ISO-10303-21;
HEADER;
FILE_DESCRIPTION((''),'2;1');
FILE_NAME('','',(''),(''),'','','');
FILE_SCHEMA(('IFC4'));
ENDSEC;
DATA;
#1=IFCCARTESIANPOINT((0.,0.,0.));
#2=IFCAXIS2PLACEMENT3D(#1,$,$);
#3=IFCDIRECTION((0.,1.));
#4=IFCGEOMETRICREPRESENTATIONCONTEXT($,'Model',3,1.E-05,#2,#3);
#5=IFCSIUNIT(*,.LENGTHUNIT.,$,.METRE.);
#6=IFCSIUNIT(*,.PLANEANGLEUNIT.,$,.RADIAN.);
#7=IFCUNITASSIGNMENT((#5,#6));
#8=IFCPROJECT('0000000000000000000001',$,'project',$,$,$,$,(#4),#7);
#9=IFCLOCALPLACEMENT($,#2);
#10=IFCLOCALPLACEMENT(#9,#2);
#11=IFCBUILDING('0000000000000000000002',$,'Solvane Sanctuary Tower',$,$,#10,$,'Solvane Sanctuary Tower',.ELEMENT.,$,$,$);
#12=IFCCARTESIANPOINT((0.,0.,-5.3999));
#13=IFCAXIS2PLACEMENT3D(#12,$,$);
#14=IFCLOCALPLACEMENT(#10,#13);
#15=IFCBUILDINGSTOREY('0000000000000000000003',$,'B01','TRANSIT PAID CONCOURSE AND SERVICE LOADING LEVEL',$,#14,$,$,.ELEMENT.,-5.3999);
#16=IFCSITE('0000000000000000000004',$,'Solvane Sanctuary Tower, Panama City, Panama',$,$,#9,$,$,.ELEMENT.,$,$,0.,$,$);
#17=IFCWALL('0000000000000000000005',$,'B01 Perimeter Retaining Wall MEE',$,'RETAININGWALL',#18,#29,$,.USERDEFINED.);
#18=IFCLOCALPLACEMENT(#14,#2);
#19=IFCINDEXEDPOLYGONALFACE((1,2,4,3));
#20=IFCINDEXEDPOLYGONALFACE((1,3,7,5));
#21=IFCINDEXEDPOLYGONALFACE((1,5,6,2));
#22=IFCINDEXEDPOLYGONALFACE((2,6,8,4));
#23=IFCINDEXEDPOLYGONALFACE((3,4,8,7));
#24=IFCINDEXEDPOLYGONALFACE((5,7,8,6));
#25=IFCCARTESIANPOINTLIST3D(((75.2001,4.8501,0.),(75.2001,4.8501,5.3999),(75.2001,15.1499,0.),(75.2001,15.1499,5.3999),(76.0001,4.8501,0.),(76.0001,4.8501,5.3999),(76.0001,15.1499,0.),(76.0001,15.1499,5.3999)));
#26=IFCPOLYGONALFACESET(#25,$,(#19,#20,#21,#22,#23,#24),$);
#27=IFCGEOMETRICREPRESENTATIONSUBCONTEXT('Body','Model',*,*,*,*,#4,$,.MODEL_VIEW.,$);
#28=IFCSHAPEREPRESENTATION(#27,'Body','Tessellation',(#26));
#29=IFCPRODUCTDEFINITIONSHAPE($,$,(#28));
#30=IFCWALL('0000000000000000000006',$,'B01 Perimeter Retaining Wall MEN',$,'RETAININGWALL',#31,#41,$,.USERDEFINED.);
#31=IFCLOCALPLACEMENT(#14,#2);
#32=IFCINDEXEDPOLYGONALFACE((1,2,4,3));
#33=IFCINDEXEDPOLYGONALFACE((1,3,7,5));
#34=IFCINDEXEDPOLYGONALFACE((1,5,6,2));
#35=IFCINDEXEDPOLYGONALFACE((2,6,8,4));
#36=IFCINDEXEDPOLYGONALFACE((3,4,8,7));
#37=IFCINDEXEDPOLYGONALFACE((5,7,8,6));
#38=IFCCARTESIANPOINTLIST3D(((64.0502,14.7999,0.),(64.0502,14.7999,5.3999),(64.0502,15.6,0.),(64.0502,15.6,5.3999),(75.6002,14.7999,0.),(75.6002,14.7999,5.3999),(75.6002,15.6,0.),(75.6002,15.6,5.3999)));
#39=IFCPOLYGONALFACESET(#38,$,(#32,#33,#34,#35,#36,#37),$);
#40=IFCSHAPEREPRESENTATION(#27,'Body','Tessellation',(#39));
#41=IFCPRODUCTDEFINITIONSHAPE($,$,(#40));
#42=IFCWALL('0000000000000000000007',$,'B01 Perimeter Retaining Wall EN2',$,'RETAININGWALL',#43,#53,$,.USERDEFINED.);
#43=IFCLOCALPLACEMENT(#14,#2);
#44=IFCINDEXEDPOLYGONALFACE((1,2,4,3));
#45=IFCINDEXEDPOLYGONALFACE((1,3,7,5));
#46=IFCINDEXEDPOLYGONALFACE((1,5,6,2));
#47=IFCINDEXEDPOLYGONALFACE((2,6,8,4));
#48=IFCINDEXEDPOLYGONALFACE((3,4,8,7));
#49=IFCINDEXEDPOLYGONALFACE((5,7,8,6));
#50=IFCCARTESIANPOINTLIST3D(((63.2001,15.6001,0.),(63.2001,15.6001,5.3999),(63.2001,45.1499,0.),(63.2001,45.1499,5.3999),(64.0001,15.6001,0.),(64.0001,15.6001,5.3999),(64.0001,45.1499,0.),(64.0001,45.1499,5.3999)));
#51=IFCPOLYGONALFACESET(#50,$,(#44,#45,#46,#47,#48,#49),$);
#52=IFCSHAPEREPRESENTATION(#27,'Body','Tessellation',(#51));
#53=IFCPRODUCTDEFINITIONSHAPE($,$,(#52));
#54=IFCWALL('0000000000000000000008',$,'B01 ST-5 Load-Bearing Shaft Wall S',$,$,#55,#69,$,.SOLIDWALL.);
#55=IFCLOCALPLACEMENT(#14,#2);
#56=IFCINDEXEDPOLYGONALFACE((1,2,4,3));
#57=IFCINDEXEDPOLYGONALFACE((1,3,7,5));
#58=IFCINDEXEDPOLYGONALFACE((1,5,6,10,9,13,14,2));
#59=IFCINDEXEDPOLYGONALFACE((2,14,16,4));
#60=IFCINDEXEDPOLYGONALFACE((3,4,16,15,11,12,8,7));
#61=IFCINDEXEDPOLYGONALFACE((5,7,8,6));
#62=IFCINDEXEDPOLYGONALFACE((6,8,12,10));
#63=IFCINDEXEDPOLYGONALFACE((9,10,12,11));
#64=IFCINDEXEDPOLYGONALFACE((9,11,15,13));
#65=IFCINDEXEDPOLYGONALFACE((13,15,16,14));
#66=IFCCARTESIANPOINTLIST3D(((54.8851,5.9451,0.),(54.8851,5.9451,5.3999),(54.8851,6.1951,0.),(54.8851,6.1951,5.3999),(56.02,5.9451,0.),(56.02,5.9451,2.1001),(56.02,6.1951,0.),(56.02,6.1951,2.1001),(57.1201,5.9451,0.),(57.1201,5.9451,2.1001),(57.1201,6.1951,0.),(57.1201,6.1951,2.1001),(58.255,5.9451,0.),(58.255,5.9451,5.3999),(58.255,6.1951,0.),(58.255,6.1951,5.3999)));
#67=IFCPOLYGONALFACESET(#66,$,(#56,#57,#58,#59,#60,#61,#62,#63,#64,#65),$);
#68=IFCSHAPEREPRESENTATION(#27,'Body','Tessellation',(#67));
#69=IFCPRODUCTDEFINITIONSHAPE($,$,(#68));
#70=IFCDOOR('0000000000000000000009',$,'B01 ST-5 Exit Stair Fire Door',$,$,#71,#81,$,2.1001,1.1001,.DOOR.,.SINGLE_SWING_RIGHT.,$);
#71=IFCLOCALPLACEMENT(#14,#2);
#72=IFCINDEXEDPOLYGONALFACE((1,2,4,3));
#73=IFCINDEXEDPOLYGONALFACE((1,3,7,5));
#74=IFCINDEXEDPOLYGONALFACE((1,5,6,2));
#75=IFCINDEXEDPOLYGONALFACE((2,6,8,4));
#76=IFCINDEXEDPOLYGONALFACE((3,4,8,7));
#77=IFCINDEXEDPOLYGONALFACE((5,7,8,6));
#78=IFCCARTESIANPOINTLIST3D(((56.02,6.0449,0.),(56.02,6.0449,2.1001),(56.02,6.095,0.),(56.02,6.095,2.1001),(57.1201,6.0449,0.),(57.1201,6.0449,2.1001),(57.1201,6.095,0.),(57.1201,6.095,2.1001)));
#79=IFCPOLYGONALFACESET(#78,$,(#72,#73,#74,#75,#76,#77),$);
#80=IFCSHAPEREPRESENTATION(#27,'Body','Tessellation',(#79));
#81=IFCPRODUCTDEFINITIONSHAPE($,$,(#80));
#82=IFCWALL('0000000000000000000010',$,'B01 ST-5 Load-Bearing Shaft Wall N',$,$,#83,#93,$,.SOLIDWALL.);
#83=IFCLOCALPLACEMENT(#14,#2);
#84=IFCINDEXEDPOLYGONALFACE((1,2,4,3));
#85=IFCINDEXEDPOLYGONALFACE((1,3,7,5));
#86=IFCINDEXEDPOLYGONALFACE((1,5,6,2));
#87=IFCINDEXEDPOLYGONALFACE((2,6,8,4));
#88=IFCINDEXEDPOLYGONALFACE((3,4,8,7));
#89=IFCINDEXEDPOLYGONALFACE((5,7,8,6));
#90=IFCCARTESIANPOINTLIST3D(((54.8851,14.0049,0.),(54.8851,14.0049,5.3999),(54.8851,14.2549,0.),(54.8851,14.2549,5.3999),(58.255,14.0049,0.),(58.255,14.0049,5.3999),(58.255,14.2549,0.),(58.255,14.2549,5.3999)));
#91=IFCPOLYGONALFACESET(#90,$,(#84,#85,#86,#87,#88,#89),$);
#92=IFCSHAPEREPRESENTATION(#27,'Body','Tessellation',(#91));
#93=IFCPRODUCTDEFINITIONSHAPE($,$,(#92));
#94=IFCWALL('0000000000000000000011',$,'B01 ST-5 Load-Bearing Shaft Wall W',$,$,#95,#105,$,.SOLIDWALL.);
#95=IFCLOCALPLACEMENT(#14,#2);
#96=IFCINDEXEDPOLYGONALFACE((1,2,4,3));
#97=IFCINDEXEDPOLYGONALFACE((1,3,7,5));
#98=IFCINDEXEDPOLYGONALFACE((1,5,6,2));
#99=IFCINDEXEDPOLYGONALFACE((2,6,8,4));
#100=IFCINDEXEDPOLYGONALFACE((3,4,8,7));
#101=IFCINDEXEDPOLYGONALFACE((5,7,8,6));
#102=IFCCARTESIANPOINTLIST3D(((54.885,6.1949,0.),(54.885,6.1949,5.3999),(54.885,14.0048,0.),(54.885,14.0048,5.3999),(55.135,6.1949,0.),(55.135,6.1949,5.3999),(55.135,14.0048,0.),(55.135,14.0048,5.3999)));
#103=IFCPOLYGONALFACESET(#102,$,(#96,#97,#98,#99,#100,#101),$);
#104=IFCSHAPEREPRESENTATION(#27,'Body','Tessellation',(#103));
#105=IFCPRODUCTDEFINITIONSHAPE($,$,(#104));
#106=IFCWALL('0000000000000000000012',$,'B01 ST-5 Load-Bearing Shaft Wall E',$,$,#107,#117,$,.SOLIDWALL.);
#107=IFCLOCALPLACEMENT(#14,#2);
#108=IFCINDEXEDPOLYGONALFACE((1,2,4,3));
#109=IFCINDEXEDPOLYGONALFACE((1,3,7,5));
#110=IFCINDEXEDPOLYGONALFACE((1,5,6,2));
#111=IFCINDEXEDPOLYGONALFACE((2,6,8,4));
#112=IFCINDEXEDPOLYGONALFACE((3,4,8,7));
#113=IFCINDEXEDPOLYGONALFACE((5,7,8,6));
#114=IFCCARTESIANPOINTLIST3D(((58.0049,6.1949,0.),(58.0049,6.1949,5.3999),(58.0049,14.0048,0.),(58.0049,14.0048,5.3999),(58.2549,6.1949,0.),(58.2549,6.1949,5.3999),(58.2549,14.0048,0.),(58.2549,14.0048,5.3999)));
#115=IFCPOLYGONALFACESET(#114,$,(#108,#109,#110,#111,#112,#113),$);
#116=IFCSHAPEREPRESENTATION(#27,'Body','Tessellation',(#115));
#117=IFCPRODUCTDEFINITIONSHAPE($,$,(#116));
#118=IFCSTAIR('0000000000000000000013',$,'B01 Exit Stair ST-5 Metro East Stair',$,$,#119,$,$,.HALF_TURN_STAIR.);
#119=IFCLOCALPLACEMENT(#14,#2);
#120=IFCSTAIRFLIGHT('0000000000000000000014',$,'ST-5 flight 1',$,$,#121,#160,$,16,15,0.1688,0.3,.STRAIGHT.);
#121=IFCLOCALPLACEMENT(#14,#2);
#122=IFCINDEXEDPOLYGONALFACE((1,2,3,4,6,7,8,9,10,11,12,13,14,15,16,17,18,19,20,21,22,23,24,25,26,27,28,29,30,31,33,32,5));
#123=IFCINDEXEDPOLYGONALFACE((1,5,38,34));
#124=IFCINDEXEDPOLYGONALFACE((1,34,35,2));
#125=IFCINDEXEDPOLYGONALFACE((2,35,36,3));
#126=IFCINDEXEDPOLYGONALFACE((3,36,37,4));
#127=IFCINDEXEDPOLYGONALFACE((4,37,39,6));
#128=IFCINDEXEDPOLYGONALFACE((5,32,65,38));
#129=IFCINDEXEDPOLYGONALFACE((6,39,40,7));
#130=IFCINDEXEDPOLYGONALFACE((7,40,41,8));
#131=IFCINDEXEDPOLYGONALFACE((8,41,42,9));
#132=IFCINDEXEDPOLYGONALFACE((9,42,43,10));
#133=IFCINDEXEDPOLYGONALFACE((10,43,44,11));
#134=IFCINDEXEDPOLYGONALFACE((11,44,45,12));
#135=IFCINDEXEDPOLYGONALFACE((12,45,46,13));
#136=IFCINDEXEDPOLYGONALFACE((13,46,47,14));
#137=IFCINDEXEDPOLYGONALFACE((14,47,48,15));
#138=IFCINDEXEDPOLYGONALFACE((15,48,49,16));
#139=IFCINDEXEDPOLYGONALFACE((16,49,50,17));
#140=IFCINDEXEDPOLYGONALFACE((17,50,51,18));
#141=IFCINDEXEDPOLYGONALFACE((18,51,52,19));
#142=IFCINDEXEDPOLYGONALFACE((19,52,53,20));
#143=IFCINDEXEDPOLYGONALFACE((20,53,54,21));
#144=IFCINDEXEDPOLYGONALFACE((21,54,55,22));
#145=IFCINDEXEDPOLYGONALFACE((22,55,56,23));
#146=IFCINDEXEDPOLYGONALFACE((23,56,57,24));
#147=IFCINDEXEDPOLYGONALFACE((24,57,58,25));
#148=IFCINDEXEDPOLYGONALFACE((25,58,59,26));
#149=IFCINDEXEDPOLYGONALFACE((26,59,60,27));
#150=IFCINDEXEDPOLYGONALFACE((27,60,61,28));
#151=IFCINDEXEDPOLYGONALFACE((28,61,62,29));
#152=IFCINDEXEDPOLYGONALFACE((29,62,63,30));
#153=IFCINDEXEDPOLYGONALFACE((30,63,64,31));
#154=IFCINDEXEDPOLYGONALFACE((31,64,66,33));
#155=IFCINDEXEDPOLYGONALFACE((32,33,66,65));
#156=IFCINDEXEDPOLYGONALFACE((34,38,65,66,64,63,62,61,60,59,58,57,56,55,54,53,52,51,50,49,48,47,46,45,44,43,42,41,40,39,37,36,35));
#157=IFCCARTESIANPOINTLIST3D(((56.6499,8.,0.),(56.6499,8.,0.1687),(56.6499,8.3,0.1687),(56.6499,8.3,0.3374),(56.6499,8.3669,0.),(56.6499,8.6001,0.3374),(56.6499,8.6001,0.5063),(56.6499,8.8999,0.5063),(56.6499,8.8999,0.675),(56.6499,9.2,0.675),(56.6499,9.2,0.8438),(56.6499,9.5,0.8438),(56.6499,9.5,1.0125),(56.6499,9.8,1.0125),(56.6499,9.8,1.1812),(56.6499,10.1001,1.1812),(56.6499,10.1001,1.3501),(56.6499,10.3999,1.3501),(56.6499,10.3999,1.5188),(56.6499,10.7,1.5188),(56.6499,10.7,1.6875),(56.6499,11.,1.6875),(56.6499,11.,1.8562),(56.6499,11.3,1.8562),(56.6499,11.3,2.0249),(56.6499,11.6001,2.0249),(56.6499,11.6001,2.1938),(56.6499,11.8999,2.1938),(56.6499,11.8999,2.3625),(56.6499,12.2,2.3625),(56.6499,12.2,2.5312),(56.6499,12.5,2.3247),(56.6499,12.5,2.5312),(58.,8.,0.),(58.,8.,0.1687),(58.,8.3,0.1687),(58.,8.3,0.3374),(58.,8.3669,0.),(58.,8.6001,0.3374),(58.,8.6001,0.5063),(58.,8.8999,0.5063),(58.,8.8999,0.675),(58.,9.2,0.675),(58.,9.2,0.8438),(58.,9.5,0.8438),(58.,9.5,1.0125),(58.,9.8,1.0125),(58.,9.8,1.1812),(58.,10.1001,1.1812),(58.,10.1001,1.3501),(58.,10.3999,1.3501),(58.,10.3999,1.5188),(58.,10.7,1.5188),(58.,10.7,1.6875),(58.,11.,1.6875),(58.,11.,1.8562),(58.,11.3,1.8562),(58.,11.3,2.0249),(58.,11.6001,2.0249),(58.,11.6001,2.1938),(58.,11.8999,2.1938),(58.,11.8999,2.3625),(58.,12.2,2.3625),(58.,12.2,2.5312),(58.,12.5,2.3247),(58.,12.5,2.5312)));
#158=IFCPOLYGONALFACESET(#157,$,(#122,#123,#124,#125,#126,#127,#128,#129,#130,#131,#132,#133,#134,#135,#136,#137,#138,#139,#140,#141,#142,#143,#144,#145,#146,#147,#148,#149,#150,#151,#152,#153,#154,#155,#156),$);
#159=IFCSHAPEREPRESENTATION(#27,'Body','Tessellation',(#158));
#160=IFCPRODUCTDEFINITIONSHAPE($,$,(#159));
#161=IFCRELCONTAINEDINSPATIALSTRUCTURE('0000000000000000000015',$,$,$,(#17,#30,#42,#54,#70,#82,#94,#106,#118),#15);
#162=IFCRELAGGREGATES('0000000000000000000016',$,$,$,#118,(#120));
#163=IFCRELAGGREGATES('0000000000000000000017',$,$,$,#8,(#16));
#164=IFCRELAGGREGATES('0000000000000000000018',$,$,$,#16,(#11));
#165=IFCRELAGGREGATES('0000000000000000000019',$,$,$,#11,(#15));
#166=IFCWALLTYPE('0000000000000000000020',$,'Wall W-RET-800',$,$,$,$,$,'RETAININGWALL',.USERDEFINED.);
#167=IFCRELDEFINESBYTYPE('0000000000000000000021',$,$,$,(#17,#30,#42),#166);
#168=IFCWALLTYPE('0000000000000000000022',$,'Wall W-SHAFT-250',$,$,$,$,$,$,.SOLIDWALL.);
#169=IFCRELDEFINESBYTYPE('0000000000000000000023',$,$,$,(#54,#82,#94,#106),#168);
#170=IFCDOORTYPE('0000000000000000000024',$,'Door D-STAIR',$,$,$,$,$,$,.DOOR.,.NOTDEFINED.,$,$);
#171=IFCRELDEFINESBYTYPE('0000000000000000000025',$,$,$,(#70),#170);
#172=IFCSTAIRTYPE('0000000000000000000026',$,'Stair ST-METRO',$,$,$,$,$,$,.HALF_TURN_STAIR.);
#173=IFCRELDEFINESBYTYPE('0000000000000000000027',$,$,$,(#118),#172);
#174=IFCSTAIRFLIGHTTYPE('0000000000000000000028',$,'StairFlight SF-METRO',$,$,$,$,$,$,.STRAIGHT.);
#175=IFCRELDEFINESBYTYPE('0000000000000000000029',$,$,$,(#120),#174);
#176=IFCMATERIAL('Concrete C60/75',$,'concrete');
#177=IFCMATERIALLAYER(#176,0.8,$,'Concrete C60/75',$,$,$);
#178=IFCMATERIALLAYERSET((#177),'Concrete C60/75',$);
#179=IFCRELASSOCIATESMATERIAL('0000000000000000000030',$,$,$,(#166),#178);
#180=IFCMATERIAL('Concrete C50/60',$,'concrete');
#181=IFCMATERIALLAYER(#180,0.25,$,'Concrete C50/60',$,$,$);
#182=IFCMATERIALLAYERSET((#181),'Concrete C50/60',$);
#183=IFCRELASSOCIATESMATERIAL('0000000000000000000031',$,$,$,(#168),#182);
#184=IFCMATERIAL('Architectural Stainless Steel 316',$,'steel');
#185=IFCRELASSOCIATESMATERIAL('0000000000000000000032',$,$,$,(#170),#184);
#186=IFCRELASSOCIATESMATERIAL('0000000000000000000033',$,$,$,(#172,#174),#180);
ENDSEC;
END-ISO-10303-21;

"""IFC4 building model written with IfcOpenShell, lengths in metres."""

from ifc_helpers import new_model, si_unit, direction, frame, frame_2d, origin, place, context, subcontext, project, spatial, polyline, rectangle, outline, extrude, material, layer, layer_set, type_object, element, fill, aggregate, save


model = new_model("IFC4")

# Units and contexts
model_context = context("Model", 3, precision=1e-05, world=origin(), true_north=direction((0.0, 1.0)))
body_context = subcontext(model_context, "Body", "Model", "MODEL_VIEW")
ifc_project = project(units=[si_unit("LENGTHUNIT", "METRE"), si_unit("PLANEANGLEUNIT", "RADIAN")], contexts=[model_context])

# Site, building, storey
site_placement = place(None, origin())
site = spatial("IfcSite", under=ifc_project, at=site_placement, Name="Solvane Sanctuary Tower, Panama City, Panama", CompositionType="ELEMENT", RefElevation=0.0)
building_placement = place(site_placement, origin())
building = spatial("IfcBuilding", under=site, at=building_placement, Name="Solvane Sanctuary Tower", LongName="Solvane Sanctuary Tower", CompositionType="ELEMENT")
storey_placement = place(building_placement, frame((0.0, 0.0, -5.3999)))
storey = spatial("IfcBuildingStorey", under=building, at=storey_placement, Name="B01", Description="TRANSIT PAID CONCOURSE AND SERVICE LOADING LEVEL", CompositionType="ELEMENT", Elevation=-5.3999)

# Shared definitions
ifc_material_1 = material(Name="Concrete C50/60", Category="concrete")

# Walls
ifc_material_2 = material(Name="Concrete C60/75", Category="concrete")
ifc_layer_1 = layer(ifc_material_2, 0.8, Name="Concrete C60/75")
ifc_layer_set_1 = layer_set([ifc_layer_1], Name="Concrete C60/75")
wall_type_1 = type_object("IfcWallType", Name="Wall W-RET-800", ElementType="RETAININGWALL", PredefinedType="USERDEFINED", material=ifc_layer_set_1)
wall_1_placement = place(storey_placement, frame((75.6001, 4.8501, 0.0), z_axis=(0.0, 0.0, 1.0), x_axis=(0.0, 1.0, 0.0)))
element("IfcWall", 1, at=wall_1_placement, inside=storey, type_object=wall_type_1, Name="B01 Perimeter Retaining Wall MEE", ObjectType="RETAININGWALL", PredefinedType="USERDEFINED", context=body_context, shape_type="SweptSolid", body=[
    extrude(rectangle(XDim=10.2998, YDim=0.8, at=frame_2d((5.1499, 0.0))), origin(), (0.0, 0.0, 1.0), 5.3999),
])
wall_2_placement = place(storey_placement, frame((75.6001, 15.2, 0.0), z_axis=(0.0, 0.0, 1.0), x_axis=(-1.0, 0.0, 0.0)))
element("IfcWall", 2, at=wall_2_placement, inside=storey, type_object=wall_type_1, Name="B01 Perimeter Retaining Wall MEN", ObjectType="RETAININGWALL", PredefinedType="USERDEFINED", context=body_context, shape_type="SweptSolid", body=[
    extrude(rectangle(XDim=11.55, YDim=0.8, at=frame_2d((5.7749, 0.0))), origin(), (0.0, 0.0, 1.0), 5.3999),
])
wall_3_placement = place(storey_placement, frame((63.6001, 15.6001, 0.0), z_axis=(0.0, 0.0, 1.0), x_axis=(0.0, 1.0, 0.0)))
element("IfcWall", 3, at=wall_3_placement, inside=storey, type_object=wall_type_1, Name="B01 Perimeter Retaining Wall EN2", ObjectType="RETAININGWALL", PredefinedType="USERDEFINED", context=body_context, shape_type="SweptSolid", body=[
    extrude(rectangle(XDim=29.5498, YDim=0.8, at=frame_2d((14.7749, 0.0))), origin(), (0.0, 0.0, 1.0), 5.3999),
])

# Wall, opening, door
ifc_layer_2 = layer(ifc_material_1, 0.25, Name="Concrete C50/60")
ifc_layer_set_2 = layer_set([ifc_layer_2], Name="Concrete C50/60")
wall_type_2 = type_object("IfcWallType", Name="Wall W-SHAFT-250", PredefinedType="SOLIDWALL", material=ifc_layer_set_2)
wall_4_placement = place(storey_placement, frame((54.885, 6.0701, 0.0), z_axis=(0.0, 0.0, 1.0), x_axis=(1.0, 0.0, 0.0)))
wall_4 = element("IfcWall", 4, at=wall_4_placement, inside=storey, type_object=wall_type_2, Name="B01 ST-5 Load-Bearing Shaft Wall S", PredefinedType="SOLIDWALL", context=body_context, shape_type="SweptSolid", body=[
    extrude(rectangle(XDim=3.3699, YDim=0.25, at=frame_2d((1.6851, 0.0))), origin(), (0.0, 0.0, 1.0), 5.3999),
])
opening_placement = place(wall_4_placement, frame((1.135, 0.0, 0.0)))
opening = element("IfcOpeningElement", 5, at=opening_placement, cuts=wall_4, PredefinedType="OPENING", context=body_context, shape_type="SweptSolid", body=[
    extrude(rectangle(XDim=1.1001, YDim=2.1001, at=frame_2d((0.55, 1.05))), frame((0.0, 0.135, 0.0), z_axis=(0.0, -1.0, 0.0), x_axis=(1.0, 0.0, 0.0)), (0.0, 0.0, 1.0), 0.27),
])
ifc_material_3 = material(Name="Architectural Stainless Steel 316", Category="steel")
door_type = type_object("IfcDoorType", Name="Door D-STAIR", OperationType="NOTDEFINED", PredefinedType="DOOR", material=ifc_material_3)
door_placement = place(opening_placement, origin())
door = element("IfcDoor", 6, at=door_placement, inside=storey, type_object=door_type, Name="B01 ST-5 Exit Stair Fire Door", OperationType="SINGLE_SWING_RIGHT", OverallHeight=2.1001, OverallWidth=1.1001, PredefinedType="DOOR", context=body_context, shape_type="SweptSolid", body=[
    extrude(rectangle(XDim=1.1001, YDim=2.1001, at=frame_2d((0.55, 1.05))), frame((0.0, 0.0249, 0.0), z_axis=(0.0, -1.0, 0.0), x_axis=(1.0, 0.0, 0.0)), (0.0, 0.0, 1.0), 0.05),
])
fill(opening, door)

# Walls
wall_5_placement = place(storey_placement, frame((54.885, 14.1299, 0.0), z_axis=(0.0, 0.0, 1.0), x_axis=(1.0, 0.0, 0.0)))
element("IfcWall", 7, at=wall_5_placement, inside=storey, type_object=wall_type_2, Name="B01 ST-5 Load-Bearing Shaft Wall N", PredefinedType="SOLIDWALL", context=body_context, shape_type="SweptSolid", body=[
    extrude(rectangle(XDim=3.3699, YDim=0.25, at=frame_2d((1.6851, 0.0))), origin(), (0.0, 0.0, 1.0), 5.3999),
])
for number, where, z_axis, x_axis, name in (
    (8, (55.01, 6.1951, 0.0), (0.0, 0.0, 1.0), (0.0, 1.0, 0.0), "B01 ST-5 Load-Bearing Shaft Wall W"),
    (9, (58.1299, 6.1951, 0.0), (0.0, 0.0, 1.0), (0.0, 1.0, 0.0), "B01 ST-5 Load-Bearing Shaft Wall E"),
):
    element("IfcWall", number, at=place(storey_placement, frame(where, z_axis=z_axis, x_axis=x_axis)), inside=storey, type_object=wall_type_2, Name=name, PredefinedType="SOLIDWALL", context=body_context, shape_type="SweptSolid", body=[
        extrude(rectangle(XDim=7.8098, YDim=0.25, at=frame_2d((3.9048, 0.0))), origin(), (0.0, 0.0, 1.0), 5.3999),
    ])

# Stair, stair flight
stair_type = type_object("IfcStairType", Name="Stair ST-METRO", PredefinedType="HALF_TURN_STAIR", material=ifc_material_1)
stair_placement = place(storey_placement, origin())
stair = element("IfcStair", 10, at=stair_placement, inside=storey, type_object=stair_type, Name="B01 Exit Stair ST-5 Metro East Stair", PredefinedType="HALF_TURN_STAIR")
stair_flight_type = type_object("IfcStairFlightType", Name="StairFlight SF-METRO", PredefinedType="STRAIGHT", material=ifc_material_1)
stair_flight_1_placement = place(storey_placement, frame((57.325, 8.0, 0.0), z_axis=(0.0, 0.0, 1.0), x_axis=(0.0, 1.0, 0.0)))
stair_flight_1 = element("IfcStairFlight", 11, at=stair_flight_1_placement, type_object=stair_flight_type, Name="ST-5 flight 1", NumberOfRisers=16, NumberOfTreads=15, PredefinedType="STRAIGHT", RiserHeight=0.1688, TreadLength=0.3, context=body_context, shape_type="SweptSolid", body=[
    extrude(outline(polyline([(0.0, 0.0), (0.0, 0.1687), (0.3, 0.1687), (0.3, 0.3374), (0.6001, 0.3374), (0.6001, 0.5063), (0.8999, 0.5063), (0.8999, 0.675), (1.2, 0.675), (1.2, 0.8438), (1.5, 0.8438), (1.5, 1.0125), (1.8, 1.0125), (1.8, 1.1812), (2.1001, 1.1812), (2.1001, 1.3501), (2.3999, 1.3501), (2.3999, 1.5188), (2.7, 1.5188), (2.7, 1.6875), (3.0, 1.6875), (3.0, 1.8562), (3.3, 1.8562), (3.3, 2.0249), (3.6001, 2.0249), (3.6001, 2.1938), (3.8999, 2.1938), (3.8999, 2.3625), (4.2, 2.3625), (4.2, 2.5312), (4.5, 2.5312), (4.5, 2.7), (4.5, 2.3247), (0.3669, 0.0), (0.0, 0.0)])), frame((0.0, 0.675, 0.0), z_axis=(0.0, -1.0, 0.0), x_axis=(1.0, 0.0, 0.0)), (0.0, 0.0, 1.0), 1.3501),
])
aggregate(stair, [stair_flight_1])

save(model, "model.ifc")
